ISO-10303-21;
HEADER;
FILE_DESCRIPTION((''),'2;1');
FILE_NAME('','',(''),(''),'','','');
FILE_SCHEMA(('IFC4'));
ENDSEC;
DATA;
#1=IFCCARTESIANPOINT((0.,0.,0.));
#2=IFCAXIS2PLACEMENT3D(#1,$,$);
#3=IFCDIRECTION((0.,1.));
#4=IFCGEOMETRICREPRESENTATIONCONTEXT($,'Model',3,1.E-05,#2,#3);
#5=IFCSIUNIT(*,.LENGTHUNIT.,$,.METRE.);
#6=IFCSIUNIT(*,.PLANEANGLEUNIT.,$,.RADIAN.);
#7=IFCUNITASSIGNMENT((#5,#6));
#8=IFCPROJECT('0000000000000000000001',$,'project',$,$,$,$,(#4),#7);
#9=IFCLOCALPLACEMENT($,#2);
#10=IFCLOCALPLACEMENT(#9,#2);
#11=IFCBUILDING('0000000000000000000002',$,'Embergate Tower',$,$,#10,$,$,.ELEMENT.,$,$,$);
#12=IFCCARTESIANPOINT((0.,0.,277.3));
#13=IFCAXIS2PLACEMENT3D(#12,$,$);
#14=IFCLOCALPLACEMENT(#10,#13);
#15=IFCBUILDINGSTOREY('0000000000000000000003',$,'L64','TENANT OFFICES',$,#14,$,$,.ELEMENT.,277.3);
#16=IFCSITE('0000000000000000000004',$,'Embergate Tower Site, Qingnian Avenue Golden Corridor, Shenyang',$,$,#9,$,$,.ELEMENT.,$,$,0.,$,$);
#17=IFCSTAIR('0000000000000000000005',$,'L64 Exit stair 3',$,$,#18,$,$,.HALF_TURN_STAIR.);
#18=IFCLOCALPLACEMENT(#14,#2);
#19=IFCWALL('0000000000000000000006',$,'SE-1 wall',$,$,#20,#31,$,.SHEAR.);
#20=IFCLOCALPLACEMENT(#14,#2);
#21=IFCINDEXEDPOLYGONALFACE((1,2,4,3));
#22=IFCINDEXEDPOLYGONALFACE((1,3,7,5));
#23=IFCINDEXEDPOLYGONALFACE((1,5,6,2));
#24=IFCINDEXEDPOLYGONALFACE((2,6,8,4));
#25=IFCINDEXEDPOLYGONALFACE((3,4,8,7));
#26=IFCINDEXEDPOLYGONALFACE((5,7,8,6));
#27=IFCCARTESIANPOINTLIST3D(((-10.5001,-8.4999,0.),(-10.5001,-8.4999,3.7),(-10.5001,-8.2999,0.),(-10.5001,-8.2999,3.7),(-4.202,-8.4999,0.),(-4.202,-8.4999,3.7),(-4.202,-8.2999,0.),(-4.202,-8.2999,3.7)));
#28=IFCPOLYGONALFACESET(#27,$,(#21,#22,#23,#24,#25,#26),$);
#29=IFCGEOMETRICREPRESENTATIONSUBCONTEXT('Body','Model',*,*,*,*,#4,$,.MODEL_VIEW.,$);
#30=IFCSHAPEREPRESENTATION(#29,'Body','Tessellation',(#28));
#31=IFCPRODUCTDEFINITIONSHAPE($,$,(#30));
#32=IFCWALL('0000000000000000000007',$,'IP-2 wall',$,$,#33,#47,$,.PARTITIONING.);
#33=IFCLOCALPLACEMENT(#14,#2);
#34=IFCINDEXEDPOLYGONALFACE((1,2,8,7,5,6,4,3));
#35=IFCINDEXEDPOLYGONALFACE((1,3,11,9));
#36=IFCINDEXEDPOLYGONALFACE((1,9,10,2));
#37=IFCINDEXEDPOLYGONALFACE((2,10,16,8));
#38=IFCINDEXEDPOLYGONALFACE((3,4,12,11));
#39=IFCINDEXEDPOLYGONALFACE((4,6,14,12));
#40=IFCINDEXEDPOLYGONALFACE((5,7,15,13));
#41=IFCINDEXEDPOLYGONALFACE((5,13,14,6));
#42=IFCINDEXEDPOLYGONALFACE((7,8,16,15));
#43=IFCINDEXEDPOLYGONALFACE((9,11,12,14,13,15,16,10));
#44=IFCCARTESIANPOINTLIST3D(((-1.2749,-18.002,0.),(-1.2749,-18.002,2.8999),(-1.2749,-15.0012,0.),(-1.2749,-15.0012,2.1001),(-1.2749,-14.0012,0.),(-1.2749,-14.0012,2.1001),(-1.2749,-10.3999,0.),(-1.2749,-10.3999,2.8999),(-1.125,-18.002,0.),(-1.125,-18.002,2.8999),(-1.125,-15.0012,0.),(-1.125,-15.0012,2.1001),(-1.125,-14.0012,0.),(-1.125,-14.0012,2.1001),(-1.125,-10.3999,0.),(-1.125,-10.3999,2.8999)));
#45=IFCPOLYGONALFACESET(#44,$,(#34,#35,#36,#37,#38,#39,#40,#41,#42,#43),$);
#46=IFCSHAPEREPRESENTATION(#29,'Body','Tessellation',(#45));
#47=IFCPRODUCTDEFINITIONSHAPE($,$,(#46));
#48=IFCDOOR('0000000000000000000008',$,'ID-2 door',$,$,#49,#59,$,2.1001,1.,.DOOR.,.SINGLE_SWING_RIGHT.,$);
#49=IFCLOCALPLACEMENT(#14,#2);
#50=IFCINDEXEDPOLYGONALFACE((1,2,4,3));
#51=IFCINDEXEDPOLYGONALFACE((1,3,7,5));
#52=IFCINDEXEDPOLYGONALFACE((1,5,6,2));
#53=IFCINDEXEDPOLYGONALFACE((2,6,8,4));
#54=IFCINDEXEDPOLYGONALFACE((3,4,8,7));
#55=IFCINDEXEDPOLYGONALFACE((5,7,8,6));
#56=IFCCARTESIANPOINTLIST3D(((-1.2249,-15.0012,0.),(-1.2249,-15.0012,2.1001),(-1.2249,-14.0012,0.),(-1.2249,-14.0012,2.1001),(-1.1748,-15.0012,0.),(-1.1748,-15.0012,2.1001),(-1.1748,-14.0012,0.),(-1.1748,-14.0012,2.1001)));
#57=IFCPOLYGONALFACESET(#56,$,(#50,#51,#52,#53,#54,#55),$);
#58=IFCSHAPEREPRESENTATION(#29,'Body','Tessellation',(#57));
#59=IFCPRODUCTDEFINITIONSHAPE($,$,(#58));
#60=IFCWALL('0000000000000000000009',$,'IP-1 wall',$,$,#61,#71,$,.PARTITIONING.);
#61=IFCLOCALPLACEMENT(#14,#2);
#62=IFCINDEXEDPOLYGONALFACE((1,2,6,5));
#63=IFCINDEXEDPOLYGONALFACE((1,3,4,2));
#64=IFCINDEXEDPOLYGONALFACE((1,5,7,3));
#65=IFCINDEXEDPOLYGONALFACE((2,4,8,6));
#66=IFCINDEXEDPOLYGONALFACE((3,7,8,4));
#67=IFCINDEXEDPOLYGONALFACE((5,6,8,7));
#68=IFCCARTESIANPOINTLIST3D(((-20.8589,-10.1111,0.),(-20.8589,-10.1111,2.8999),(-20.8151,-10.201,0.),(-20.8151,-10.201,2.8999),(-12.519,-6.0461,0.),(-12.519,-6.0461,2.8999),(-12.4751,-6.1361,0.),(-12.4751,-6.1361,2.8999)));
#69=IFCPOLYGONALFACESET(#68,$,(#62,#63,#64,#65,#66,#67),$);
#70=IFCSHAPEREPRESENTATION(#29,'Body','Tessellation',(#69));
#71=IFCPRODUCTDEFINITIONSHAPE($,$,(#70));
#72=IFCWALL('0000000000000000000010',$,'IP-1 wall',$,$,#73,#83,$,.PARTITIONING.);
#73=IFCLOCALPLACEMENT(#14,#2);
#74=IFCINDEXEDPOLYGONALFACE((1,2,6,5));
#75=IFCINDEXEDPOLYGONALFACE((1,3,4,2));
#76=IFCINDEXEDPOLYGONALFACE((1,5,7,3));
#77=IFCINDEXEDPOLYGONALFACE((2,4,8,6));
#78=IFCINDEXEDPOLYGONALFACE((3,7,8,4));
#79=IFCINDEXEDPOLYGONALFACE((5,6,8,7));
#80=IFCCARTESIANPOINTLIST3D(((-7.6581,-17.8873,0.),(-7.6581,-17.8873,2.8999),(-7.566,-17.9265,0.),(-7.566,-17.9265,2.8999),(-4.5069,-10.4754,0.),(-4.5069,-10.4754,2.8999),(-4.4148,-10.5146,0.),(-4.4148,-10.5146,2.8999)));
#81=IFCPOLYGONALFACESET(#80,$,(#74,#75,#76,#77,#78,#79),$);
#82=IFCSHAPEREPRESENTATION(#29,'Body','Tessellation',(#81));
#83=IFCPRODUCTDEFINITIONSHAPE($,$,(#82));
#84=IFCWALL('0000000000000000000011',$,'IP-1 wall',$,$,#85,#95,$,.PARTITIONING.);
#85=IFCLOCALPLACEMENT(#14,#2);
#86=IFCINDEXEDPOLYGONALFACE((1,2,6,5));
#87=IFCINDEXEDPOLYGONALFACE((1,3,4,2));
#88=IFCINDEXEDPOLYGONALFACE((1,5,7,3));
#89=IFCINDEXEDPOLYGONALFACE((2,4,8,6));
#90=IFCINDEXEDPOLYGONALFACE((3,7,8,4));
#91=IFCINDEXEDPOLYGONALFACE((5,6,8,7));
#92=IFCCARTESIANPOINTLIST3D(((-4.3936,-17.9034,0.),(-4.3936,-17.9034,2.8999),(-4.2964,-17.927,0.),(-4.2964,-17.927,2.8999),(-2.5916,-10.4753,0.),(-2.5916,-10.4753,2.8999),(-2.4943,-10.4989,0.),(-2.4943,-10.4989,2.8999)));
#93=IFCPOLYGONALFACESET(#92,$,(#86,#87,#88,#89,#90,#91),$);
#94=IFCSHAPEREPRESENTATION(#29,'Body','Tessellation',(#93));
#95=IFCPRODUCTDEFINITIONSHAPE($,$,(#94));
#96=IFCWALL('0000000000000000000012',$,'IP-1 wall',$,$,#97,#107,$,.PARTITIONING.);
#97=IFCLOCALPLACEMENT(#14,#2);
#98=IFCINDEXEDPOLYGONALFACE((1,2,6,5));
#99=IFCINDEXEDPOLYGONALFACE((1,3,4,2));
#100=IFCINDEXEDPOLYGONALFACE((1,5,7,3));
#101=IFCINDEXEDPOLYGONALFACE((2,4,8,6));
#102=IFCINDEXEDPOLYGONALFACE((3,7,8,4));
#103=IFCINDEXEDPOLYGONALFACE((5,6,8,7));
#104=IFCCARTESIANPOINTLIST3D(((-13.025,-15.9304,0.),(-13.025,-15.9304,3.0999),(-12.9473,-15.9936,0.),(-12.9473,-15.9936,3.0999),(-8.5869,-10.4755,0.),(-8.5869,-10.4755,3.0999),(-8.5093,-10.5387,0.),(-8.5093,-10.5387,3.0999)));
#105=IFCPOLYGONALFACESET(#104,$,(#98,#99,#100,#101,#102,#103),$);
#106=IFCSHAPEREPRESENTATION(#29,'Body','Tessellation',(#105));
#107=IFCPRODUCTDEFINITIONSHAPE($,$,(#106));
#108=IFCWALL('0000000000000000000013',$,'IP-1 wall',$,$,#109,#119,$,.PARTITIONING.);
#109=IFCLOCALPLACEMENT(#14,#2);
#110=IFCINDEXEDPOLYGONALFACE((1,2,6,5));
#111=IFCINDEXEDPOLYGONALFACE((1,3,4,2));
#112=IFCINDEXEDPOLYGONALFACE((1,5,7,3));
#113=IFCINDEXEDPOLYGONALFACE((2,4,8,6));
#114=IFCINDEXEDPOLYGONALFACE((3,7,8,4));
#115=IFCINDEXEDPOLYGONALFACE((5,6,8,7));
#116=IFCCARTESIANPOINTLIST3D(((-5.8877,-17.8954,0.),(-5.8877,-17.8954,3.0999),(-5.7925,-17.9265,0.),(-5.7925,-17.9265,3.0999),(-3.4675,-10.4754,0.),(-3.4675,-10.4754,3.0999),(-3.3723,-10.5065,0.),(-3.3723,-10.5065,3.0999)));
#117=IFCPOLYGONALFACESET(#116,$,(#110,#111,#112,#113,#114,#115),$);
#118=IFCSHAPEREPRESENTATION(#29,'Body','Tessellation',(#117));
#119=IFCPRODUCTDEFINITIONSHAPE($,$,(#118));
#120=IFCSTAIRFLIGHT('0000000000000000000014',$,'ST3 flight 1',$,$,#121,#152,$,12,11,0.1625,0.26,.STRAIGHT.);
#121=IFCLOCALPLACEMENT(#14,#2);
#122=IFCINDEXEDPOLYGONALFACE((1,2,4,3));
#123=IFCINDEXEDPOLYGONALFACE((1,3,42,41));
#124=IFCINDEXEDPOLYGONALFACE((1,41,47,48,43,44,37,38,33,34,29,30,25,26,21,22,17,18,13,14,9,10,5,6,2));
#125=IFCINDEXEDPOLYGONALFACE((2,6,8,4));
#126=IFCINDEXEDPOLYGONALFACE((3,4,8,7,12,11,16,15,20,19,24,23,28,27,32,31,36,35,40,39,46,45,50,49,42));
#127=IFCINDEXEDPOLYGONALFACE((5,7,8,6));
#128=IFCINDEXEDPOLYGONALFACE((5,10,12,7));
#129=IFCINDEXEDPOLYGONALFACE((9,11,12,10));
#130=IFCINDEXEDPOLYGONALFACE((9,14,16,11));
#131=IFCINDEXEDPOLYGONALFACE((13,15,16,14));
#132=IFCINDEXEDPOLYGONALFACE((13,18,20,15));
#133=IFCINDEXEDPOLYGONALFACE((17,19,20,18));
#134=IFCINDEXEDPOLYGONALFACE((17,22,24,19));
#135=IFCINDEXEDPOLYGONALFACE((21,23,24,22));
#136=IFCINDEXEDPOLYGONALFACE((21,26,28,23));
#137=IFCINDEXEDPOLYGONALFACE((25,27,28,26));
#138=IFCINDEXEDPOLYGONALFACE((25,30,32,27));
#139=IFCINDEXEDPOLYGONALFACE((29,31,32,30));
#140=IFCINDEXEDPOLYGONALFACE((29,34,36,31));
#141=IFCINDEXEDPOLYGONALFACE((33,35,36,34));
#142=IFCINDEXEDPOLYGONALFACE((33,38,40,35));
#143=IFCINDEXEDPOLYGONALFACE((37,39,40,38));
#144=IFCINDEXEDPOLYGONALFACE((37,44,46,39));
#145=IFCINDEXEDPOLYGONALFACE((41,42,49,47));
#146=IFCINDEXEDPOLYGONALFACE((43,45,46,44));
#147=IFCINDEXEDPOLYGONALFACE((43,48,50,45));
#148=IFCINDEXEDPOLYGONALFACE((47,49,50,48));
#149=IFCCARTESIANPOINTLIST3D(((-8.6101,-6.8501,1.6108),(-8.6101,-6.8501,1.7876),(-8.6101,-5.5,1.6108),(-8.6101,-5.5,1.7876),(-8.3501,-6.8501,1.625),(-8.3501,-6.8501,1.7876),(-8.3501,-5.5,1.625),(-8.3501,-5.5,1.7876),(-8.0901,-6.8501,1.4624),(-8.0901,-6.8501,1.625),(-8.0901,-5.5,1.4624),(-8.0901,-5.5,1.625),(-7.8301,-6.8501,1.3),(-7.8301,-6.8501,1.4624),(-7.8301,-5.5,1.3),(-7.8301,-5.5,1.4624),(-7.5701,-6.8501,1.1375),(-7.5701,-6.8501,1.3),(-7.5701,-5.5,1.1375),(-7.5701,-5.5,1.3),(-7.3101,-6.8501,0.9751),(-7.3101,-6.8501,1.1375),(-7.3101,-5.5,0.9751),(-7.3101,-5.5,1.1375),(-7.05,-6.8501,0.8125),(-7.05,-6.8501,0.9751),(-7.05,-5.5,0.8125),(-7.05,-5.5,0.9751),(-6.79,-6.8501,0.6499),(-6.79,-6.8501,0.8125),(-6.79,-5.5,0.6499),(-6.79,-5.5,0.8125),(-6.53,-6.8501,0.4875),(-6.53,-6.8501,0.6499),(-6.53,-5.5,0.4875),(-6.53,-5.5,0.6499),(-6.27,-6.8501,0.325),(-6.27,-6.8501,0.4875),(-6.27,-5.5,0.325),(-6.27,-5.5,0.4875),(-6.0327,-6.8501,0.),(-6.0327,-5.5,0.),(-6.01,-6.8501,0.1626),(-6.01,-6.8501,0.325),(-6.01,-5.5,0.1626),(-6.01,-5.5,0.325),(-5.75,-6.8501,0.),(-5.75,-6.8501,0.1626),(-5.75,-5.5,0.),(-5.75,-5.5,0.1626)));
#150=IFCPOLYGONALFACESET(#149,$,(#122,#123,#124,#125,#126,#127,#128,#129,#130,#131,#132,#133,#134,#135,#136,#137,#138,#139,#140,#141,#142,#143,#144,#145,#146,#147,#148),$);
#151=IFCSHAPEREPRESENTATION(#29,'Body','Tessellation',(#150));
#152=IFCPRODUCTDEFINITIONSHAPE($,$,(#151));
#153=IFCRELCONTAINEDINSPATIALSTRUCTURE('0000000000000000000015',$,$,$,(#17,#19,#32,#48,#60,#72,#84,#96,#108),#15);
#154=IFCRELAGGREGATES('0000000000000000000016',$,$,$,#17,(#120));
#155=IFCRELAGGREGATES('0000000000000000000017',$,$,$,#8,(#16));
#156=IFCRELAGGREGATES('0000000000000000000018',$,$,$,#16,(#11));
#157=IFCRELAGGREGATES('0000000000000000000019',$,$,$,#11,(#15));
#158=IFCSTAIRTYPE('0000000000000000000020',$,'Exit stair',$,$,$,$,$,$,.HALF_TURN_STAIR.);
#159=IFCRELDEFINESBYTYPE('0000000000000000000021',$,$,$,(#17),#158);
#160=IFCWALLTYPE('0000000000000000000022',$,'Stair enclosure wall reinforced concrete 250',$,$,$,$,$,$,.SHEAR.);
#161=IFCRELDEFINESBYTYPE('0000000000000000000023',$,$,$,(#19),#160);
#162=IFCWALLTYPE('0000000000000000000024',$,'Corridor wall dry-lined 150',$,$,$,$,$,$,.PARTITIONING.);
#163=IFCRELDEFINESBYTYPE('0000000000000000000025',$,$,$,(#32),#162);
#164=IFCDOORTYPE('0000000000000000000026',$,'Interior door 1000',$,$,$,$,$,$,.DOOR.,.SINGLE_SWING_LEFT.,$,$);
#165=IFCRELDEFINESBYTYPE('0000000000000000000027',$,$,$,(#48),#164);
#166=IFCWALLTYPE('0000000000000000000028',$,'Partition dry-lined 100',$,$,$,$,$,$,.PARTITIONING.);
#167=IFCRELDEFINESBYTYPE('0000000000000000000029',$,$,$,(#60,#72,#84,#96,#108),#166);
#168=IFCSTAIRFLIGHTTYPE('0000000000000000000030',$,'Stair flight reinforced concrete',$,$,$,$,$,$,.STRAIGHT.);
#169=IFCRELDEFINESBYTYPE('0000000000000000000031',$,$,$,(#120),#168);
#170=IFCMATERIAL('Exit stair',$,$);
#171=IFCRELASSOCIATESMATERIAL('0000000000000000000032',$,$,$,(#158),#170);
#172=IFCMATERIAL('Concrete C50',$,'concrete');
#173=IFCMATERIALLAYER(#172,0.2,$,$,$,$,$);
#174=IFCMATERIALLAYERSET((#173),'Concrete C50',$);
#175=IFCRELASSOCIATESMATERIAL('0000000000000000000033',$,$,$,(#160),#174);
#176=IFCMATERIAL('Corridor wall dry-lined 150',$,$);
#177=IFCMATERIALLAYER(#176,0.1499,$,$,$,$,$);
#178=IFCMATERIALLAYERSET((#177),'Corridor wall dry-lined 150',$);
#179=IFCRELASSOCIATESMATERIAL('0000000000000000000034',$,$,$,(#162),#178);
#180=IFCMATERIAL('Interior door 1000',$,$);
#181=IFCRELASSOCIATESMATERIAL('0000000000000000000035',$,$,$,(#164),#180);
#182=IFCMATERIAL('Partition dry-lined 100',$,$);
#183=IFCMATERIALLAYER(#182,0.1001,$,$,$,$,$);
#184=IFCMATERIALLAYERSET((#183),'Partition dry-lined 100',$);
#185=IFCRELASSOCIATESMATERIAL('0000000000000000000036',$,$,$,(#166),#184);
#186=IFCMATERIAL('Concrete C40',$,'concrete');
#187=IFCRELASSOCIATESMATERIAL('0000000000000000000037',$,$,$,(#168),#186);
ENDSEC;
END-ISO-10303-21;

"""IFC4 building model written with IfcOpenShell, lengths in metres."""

from ifc_helpers import new_model, si_unit, direction, frame, frame_2d, origin, place, context, subcontext, project, spatial, polyline, rectangle, outline, extrude, source, transform, mapped, material, layer, layer_set, type_object, element, fill, aggregate, save


model = new_model("IFC4")

# Units and contexts
model_context = context("Model", 3, precision=1e-05, world=origin(), true_north=direction((0.0, 1.0)))
body_context = subcontext(model_context, "Body", "Model", "MODEL_VIEW")
ifc_project = project(units=[si_unit("LENGTHUNIT", "METRE"), si_unit("PLANEANGLEUNIT", "RADIAN")], contexts=[model_context])

# Site, building, storey
site_placement = place(None, origin())
site = spatial("IfcSite", under=ifc_project, at=site_placement, Name="Embergate Tower Site, Qingnian Avenue Golden Corridor, Shenyang", CompositionType="ELEMENT", RefElevation=0.0)
building_placement = place(site_placement, origin())
building = spatial("IfcBuilding", under=site, at=building_placement, Name="Embergate Tower", CompositionType="ELEMENT")
storey_placement = place(building_placement, frame((0.0, 0.0, 277.3)))
storey = spatial("IfcBuildingStorey", under=building, at=storey_placement, Name="L64", Description="TENANT OFFICES", CompositionType="ELEMENT", Elevation=277.3)

# Stair
ifc_material_1 = material(Name="Exit stair")
stair_type = type_object("IfcStairType", Name="Exit stair", PredefinedType="HALF_TURN_STAIR", material=ifc_material_1)
stair_placement = place(storey_placement, origin())
stair = element("IfcStair", 1, at=stair_placement, inside=storey, type_object=stair_type, Name="L64 Exit stair 3", PredefinedType="HALF_TURN_STAIR")
ifc_material_2 = material(Name="Concrete C40", Category="concrete")

# Shared definitions
ifc_material_3 = material(Name="Concrete C50", Category="concrete")

# Shared definitions
ifc_layer_1 = layer(ifc_material_3, 0.2)
ifc_layer_set_1 = layer_set([ifc_layer_1], Name="Concrete C50")
wall_type_1 = type_object("IfcWallType", Name="Stair enclosure wall reinforced concrete 250", PredefinedType="SHEAR", material=ifc_layer_set_1)
ifc_material_4 = material(Name="Corridor wall dry-lined 150")
ifc_layer_2 = layer(ifc_material_4, 0.1499)
ifc_layer_set_2 = layer_set([ifc_layer_2], Name="Corridor wall dry-lined 150")
wall_type_2 = type_object("IfcWallType", Name="Corridor wall dry-lined 150", PredefinedType="PARTITIONING", material=ifc_layer_set_2)
shared_shape_1 = source(origin(), body_context, "Body", "SweptSolid", [
    extrude(rectangle(XDim=1.0, YDim=2.1001, at=frame_2d((0.5, 1.05))), frame((0.0, 0.085, 0.0), z_axis=(0.0, -1.0, 0.0), x_axis=(1.0, 0.0, 0.0)), (0.0, 0.0, 1.0), 0.1699),
])
ifc_material_5 = material(Name="Interior door 1000")
door_type_1 = type_object("IfcDoorType", Name="Interior door 1000", OperationType="SINGLE_SWING_LEFT", PredefinedType="DOOR", material=ifc_material_5)
shared_shape_2 = source(origin(), body_context, "Body", "SweptSolid", [
    extrude(rectangle(XDim=1.0, YDim=2.1001, at=frame_2d((0.5, 1.05))), frame((0.0, 0.0249, 0.0), z_axis=(0.0, -1.0, 0.0), x_axis=(1.0, 0.0, 0.0)), (0.0, 0.0, 1.0), 0.05),
])

# Wall
shared_shape_3 = source(origin(), body_context, "Body", "SweptSolid", [
    extrude(rectangle(XDim=6.2981, YDim=0.2, at=frame_2d((3.1489, 0.0))), origin(), (0.0, 0.0, 1.0), 3.7),
])
wall_1_placement = place(storey_placement, frame((-10.5, -8.3999, 0.0), z_axis=(0.0, 0.0, 1.0), x_axis=(1.0, 0.0, 0.0)))
element("IfcWall", 2, at=wall_1_placement, inside=storey, type_object=wall_type_1, Name="SE-1 wall", PredefinedType="SHEAR", context=body_context, shape_type="MappedRepresentation", body=[
    mapped(shared_shape_3, transform((0.0, 0.0, 0.0))),
])

# Wall, opening, door
shared_shape_4 = source(origin(), body_context, "Body", "SweptSolid", [
    extrude(rectangle(XDim=7.6021, YDim=0.1499, at=frame_2d((3.801, 0.0))), origin(), (0.0, 0.0, 1.0), 2.8999),
])
wall_2_placement = place(storey_placement, frame((-1.2, -18.002, 0.0), z_axis=(0.0, 0.0, 1.0), x_axis=(0.0, 1.0, 0.0)))
wall_2 = element("IfcWall", 3, at=wall_2_placement, inside=storey, type_object=wall_type_2, Name="IP-2 wall", PredefinedType="PARTITIONING", context=body_context, shape_type="MappedRepresentation", body=[
    mapped(shared_shape_4, transform((0.0, 0.0, 0.0))),
])
opening_1_placement = place(wall_2_placement, frame((3.0007, 0.0, 0.0)))
opening_1 = element("IfcOpeningElement", 4, at=opening_1_placement, cuts=wall_2, PredefinedType="OPENING", context=body_context, shape_type="MappedRepresentation", body=[
    mapped(shared_shape_1, transform((0.0, 0.0, 0.0))),
])
door_1_placement = place(opening_1_placement, origin())
door_1 = element("IfcDoor", 5, at=door_1_placement, inside=storey, type_object=door_type_1, Name="ID-2 door", OperationType="SINGLE_SWING_RIGHT", OverallHeight=2.1001, OverallWidth=1.0, PredefinedType="DOOR", context=body_context, shape_type="MappedRepresentation", body=[
    mapped(shared_shape_2, transform((0.0, 0.0, 0.0))),
])
fill(opening_1, door_1)

# Walls
ifc_material_6 = material(Name="Partition dry-lined 100")
ifc_layer_3 = layer(ifc_material_6, 0.1001)
ifc_layer_set_3 = layer_set([ifc_layer_3], Name="Partition dry-lined 100")
wall_type_3 = type_object("IfcWallType", Name="Partition dry-lined 100", PredefinedType="PARTITIONING", material=ifc_layer_set_3)
shared_shape_5 = source(origin(), body_context, "Body", "SweptSolid", [
    extrude(rectangle(XDim=9.2778, YDim=0.1001, at=frame_2d((4.6389, 0.0))), origin(), (0.0, 0.0, 1.0), 2.8999),
])
wall_3_placement = place(storey_placement, frame((-12.4971, -6.0911, 0.0), z_axis=(0.0, 0.0, 1.0), x_axis=(-0.898907, -0.438138, 0.0)))
element("IfcWall", 6, at=wall_3_placement, inside=storey, type_object=wall_type_3, Name="IP-1 wall", PredefinedType="PARTITIONING", context=body_context, shape_type="MappedRepresentation", body=[
    mapped(shared_shape_5, transform((0.0, 0.0, 0.0))),
])
shared_shape_6 = source(origin(), body_context, "Body", "SweptSolid", [
    extrude(rectangle(XDim=8.054, YDim=0.1001, at=frame_2d((4.0269, 0.0))), origin(), (0.0, 0.0, 1.0), 2.8999),
])
wall_4_placement = place(storey_placement, frame((-4.4609, -10.4951, 0.0), z_axis=(0.0, 0.0, 1.0), x_axis=(-0.391254, -0.920283, 0.0)))
element("IfcWall", 7, at=wall_4_placement, inside=storey, type_object=wall_type_3, Name="IP-1 wall", PredefinedType="PARTITIONING", context=body_context, shape_type="MappedRepresentation", body=[
    mapped(shared_shape_6, transform((0.0, 0.0, 0.0))),
])
shared_shape_7 = source(origin(), body_context, "Body", "SweptSolid", [
    extrude(rectangle(XDim=7.6436, YDim=0.1001, at=frame_2d((3.8218, 0.0))), origin(), (0.0, 0.0, 1.0), 2.8999),
])
wall_5_placement = place(storey_placement, frame((-2.543, -10.4871, 0.0), z_axis=(0.0, 0.0, 1.0), x_axis=(-0.235758, -0.971812, 0.0)))
element("IfcWall", 8, at=wall_5_placement, inside=storey, type_object=wall_type_3, Name="IP-1 wall", PredefinedType="PARTITIONING", context=body_context, shape_type="MappedRepresentation", body=[
    mapped(shared_shape_7, transform((0.0, 0.0, 0.0))),
])
shared_shape_8 = source(origin(), body_context, "Body", "SweptSolid", [
    extrude(rectangle(XDim=7.0322, YDim=0.1001, at=frame_2d((3.5161, 0.0))), origin(), (0.0, 0.0, 1.0), 3.0999),
])
wall_6_placement = place(storey_placement, frame((-8.5481, -10.5071, 0.0), z_axis=(0.0, 0.0, 1.0), x_axis=(-0.631101, -0.775701, 0.0)))
element("IfcWall", 9, at=wall_6_placement, inside=storey, type_object=wall_type_3, Name="IP-1 wall", PredefinedType="PARTITIONING", context=body_context, shape_type="MappedRepresentation", body=[
    mapped(shared_shape_8, transform((0.0, 0.0, 0.0))),
])
shared_shape_9 = source(origin(), body_context, "Body", "SweptSolid", [
    extrude(rectangle(XDim=7.8047, YDim=0.1001, at=frame_2d((3.9023, 0.0))), origin(), (0.0, 0.0, 1.0), 3.0999),
])
wall_7_placement = place(storey_placement, frame((-3.4199, -10.491, 0.0), z_axis=(0.0, 0.0, 1.0), x_axis=(-0.310093, -0.950706, 0.0)))
element("IfcWall", 10, at=wall_7_placement, inside=storey, type_object=wall_type_3, Name="IP-1 wall", PredefinedType="PARTITIONING", context=body_context, shape_type="MappedRepresentation", body=[
    mapped(shared_shape_9, transform((0.0, 0.0, 0.0))),
])

# Stair flight
stair_flight_type = type_object("IfcStairFlightType", Name="Stair flight reinforced concrete", PredefinedType="STRAIGHT", material=ifc_material_2)
shared_shape_10 = source(origin(), body_context, "Body", "SweptSolid", [
    extrude(outline(polyline([(0.0, 0.0), (0.0, 0.1626), (0.26, 0.1626), (0.26, 0.325), (0.52, 0.325), (0.52, 0.4875), (0.78, 0.4875), (0.78, 0.6499), (1.04, 0.6499), (1.04, 0.8125), (1.3, 0.8125), (1.3, 0.9751), (1.5601, 0.9751), (1.5601, 1.1375), (1.8201, 1.1375), (1.8201, 1.3), (2.0801, 1.3), (2.0801, 1.4624), (2.3401, 1.4624), (2.3401, 1.625), (2.6001, 1.625), (2.6001, 1.7876), (2.8601, 1.7876), (2.8601, 1.95), (2.8601, 1.6108), (0.2827, 0.0), (0.0, 0.0)])), frame((0.0, 0.675, 0.0), z_axis=(0.0, -1.0, 0.0), x_axis=(1.0, 0.0, 0.0)), (0.0, 0.0, 1.0), 1.3501),
])
stair_flight_1_placement = place(storey_placement, frame((-5.75, -6.175, 0.0), z_axis=(0.0, 0.0, 1.0), x_axis=(-1.0, 0.0, 0.0)))
stair_flight_1 = element("IfcStairFlight", 11, at=stair_flight_1_placement, type_object=stair_flight_type, Name="ST3 flight 1", NumberOfRisers=12, NumberOfTreads=11, PredefinedType="STRAIGHT", RiserHeight=0.1625, TreadLength=0.26, context=body_context, shape_type="MappedRepresentation", body=[
    mapped(shared_shape_10, transform((0.0, 0.0, 0.0))),
])
aggregate(stair, [stair_flight_1])

save(model, "model.ifc")
